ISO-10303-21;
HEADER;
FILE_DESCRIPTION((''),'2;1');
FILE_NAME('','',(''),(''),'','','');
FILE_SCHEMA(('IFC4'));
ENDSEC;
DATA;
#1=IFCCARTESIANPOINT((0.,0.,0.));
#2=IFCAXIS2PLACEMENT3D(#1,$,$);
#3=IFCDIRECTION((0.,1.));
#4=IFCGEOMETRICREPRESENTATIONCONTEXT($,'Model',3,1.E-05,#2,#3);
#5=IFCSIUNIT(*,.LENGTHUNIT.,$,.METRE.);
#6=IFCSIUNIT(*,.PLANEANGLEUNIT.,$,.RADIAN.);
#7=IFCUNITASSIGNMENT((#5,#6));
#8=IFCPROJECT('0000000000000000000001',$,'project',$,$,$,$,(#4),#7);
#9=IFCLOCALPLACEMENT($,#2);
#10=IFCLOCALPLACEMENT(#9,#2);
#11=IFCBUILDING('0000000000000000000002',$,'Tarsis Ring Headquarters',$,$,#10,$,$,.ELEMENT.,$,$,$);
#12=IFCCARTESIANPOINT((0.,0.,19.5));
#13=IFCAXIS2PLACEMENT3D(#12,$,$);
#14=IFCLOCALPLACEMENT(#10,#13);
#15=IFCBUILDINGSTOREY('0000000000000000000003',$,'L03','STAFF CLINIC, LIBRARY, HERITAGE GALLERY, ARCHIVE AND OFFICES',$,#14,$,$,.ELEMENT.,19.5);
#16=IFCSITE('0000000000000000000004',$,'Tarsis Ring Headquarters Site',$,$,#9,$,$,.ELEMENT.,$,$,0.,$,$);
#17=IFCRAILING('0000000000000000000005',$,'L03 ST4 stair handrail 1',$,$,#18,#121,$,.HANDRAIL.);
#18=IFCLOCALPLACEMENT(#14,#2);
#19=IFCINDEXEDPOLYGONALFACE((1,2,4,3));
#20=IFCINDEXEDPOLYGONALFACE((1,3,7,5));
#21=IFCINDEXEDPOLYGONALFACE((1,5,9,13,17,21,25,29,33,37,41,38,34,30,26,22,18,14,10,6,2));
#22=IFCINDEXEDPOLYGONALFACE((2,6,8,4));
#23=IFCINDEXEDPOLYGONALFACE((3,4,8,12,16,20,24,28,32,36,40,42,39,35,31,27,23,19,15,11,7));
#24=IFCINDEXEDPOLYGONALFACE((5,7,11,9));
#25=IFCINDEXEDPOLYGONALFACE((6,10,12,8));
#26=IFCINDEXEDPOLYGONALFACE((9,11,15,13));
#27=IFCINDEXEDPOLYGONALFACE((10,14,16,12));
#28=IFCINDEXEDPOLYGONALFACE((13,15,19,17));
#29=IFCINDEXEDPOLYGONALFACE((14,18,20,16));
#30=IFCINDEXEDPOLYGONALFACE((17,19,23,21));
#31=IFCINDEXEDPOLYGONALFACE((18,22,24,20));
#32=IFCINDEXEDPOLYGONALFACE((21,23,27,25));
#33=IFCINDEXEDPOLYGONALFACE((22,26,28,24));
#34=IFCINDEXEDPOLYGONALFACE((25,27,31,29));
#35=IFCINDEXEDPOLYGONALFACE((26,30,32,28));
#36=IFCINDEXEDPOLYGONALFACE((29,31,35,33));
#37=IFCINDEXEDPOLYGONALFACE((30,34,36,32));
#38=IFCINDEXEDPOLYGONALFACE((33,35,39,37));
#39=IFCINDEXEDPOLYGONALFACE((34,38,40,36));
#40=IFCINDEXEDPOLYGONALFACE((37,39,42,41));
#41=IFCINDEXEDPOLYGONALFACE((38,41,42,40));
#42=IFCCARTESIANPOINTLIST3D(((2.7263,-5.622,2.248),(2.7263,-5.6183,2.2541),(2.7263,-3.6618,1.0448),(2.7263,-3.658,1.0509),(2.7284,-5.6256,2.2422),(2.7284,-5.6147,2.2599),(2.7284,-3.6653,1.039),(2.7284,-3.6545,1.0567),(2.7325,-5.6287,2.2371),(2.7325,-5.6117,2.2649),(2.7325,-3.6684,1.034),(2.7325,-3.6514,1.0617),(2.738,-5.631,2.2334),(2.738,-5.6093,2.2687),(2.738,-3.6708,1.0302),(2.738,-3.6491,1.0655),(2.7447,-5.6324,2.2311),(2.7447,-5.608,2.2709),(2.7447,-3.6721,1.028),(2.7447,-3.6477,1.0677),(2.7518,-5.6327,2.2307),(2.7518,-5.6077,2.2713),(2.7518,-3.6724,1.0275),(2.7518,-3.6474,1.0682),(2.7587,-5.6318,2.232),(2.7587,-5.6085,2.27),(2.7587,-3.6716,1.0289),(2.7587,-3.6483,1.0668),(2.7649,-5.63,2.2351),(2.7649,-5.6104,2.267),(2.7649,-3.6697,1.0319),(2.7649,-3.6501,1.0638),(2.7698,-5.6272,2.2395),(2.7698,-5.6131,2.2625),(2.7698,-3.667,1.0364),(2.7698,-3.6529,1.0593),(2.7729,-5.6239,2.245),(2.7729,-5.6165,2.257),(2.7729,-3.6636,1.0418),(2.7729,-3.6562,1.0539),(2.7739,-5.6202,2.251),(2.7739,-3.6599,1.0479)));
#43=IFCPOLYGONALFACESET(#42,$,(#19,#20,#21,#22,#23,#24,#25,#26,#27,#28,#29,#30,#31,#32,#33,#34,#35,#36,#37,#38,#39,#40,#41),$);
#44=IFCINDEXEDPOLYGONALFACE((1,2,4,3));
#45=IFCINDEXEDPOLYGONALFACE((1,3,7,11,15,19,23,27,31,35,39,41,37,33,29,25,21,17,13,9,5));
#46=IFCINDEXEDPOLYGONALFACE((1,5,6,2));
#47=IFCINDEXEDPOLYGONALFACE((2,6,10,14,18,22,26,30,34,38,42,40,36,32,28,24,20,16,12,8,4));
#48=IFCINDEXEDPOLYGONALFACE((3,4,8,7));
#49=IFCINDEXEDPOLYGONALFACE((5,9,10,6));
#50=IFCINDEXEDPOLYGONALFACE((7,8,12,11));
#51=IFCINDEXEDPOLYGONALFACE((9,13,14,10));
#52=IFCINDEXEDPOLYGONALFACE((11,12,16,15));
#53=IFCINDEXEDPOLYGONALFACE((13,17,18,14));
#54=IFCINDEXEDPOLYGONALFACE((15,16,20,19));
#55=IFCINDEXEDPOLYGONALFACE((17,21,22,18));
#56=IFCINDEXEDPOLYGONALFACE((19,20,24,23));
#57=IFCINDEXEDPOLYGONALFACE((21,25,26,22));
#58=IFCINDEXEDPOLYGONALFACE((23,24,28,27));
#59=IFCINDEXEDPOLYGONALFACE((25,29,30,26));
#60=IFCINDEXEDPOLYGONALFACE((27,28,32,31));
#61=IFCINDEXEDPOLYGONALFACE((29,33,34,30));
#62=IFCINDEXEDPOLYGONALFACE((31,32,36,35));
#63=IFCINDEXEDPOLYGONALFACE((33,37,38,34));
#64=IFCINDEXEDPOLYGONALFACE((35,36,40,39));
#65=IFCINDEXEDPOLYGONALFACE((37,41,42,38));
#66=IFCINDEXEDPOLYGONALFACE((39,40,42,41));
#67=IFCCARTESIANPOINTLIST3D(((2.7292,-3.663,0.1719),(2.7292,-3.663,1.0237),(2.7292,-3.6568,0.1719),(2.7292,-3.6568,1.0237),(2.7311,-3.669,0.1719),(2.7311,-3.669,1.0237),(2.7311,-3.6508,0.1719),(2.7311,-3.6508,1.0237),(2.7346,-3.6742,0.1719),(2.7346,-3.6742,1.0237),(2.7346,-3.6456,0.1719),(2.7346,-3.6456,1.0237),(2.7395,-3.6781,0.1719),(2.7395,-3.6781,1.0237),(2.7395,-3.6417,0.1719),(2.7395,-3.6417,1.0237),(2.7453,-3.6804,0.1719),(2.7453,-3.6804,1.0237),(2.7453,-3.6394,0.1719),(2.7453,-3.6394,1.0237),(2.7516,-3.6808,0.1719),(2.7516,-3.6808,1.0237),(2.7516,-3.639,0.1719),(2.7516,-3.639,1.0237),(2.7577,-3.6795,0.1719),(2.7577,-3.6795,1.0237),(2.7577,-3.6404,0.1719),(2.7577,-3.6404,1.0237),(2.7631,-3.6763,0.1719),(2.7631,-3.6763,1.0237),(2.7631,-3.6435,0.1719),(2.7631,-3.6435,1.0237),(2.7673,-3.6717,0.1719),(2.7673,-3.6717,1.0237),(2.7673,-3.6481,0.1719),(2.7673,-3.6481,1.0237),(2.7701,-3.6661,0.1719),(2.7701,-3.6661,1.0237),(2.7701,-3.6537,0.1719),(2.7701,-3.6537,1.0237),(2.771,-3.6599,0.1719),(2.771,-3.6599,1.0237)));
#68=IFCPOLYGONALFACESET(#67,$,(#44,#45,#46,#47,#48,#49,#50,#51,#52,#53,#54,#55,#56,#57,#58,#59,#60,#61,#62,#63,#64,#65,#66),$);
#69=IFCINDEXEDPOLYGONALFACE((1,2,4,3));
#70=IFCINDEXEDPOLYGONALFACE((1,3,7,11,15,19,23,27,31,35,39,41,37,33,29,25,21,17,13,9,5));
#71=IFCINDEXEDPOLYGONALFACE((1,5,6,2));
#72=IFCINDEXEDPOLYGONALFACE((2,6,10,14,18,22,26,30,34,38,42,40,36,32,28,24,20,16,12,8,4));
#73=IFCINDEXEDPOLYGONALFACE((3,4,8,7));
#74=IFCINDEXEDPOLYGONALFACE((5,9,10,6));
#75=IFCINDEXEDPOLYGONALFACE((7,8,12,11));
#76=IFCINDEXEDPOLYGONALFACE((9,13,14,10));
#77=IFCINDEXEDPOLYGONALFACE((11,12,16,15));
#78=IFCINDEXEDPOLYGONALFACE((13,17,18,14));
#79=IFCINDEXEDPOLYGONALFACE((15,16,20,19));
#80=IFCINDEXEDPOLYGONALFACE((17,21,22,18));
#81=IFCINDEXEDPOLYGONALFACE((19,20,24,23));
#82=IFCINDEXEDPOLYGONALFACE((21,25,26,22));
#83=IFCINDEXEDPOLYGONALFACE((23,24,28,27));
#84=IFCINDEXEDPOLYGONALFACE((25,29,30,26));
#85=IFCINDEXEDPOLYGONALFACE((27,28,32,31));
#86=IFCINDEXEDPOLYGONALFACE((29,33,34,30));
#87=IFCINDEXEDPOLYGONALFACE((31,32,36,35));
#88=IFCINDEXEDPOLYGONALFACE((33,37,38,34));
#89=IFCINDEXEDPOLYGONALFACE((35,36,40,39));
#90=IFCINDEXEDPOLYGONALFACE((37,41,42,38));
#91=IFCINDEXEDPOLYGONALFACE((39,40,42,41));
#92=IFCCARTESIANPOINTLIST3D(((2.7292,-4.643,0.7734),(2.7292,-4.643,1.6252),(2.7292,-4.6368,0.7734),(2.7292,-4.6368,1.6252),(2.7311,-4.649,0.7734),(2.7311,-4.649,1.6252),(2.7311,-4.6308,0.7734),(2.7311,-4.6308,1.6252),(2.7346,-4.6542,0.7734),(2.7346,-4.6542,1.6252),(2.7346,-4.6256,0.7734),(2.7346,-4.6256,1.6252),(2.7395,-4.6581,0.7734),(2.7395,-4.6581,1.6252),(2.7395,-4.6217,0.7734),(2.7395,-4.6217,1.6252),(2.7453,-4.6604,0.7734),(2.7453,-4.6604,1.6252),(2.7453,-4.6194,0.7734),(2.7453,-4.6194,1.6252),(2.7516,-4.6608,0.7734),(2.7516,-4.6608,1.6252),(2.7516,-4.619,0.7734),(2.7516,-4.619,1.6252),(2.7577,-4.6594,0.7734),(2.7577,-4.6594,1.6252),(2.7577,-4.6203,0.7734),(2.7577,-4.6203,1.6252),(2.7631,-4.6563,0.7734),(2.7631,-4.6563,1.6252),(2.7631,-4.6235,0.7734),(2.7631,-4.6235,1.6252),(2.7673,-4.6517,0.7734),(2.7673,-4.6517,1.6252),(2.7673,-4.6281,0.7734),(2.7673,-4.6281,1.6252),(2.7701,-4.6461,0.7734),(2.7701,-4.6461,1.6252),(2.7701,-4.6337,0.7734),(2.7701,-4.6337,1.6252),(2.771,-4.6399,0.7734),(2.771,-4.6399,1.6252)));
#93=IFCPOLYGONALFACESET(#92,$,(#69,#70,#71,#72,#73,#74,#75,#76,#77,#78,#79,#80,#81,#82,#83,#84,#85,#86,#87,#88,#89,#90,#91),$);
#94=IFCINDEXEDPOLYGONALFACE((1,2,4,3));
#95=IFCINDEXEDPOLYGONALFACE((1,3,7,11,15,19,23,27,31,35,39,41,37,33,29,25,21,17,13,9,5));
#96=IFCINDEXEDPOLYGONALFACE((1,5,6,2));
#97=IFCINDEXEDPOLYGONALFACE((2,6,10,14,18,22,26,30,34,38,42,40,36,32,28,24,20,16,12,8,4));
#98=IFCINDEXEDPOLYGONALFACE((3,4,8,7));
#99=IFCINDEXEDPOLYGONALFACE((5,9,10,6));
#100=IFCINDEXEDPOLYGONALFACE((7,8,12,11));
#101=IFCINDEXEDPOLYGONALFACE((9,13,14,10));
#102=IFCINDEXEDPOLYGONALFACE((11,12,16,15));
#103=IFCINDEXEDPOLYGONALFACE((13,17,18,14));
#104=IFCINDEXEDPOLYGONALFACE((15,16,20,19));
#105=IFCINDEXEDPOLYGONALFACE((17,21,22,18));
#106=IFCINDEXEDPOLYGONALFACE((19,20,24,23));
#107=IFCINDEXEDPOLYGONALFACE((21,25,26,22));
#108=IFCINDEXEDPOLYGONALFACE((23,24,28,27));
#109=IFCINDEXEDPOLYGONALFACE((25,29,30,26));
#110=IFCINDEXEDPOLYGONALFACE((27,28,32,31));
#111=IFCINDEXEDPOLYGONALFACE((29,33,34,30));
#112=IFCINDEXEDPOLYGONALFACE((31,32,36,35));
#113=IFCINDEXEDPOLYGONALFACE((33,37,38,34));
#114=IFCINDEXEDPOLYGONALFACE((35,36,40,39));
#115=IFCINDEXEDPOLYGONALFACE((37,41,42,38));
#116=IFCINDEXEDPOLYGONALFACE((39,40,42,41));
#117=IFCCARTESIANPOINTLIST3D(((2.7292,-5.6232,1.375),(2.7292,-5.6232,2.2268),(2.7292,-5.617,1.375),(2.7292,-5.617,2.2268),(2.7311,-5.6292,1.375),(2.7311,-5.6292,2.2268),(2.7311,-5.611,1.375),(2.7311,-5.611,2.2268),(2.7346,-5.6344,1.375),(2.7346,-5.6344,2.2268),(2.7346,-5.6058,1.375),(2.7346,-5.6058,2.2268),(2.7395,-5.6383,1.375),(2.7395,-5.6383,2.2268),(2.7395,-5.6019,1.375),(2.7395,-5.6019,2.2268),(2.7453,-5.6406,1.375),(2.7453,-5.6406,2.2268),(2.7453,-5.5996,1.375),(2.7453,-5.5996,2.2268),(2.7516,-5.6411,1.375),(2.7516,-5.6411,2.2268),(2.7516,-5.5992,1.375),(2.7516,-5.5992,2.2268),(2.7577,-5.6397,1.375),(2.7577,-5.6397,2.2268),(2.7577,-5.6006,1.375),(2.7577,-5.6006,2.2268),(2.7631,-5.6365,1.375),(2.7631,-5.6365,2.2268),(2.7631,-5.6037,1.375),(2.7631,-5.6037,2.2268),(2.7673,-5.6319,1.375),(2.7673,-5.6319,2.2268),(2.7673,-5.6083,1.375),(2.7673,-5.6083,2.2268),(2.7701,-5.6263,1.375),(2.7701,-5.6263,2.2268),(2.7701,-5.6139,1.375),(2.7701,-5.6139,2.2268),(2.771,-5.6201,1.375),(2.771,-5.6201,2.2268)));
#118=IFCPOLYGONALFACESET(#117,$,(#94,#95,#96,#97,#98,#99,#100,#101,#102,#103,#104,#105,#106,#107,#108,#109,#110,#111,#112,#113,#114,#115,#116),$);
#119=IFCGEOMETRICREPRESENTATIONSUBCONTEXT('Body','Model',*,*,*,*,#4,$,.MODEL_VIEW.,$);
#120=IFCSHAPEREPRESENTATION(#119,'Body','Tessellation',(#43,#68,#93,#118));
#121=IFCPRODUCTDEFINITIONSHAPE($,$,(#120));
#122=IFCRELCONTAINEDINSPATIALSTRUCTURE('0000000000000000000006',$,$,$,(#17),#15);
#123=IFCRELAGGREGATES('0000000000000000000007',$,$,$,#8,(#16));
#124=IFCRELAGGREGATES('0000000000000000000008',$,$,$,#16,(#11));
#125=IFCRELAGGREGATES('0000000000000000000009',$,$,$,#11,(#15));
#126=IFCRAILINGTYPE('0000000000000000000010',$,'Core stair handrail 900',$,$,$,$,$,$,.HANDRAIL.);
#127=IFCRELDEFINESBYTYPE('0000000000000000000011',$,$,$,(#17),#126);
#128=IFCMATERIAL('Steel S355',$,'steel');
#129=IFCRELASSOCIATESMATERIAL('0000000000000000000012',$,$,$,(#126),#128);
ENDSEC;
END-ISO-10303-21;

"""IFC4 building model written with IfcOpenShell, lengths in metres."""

from ifc_helpers import new_model, si_unit, direction, frame, origin, origin_2d, place, context, subcontext, project, spatial, circle, extrude, material, type_object, element, save


model = new_model("IFC4")

# Units and contexts
model_context = context("Model", 3, precision=1e-05, world=origin(), true_north=direction((0.0, 1.0)))
body_context = subcontext(model_context, "Body", "Model", "MODEL_VIEW")
ifc_project = project(units=[si_unit("LENGTHUNIT", "METRE"), si_unit("PLANEANGLEUNIT", "RADIAN")], contexts=[model_context])

# Site, building, storey
site_placement = place(None, origin())
site = spatial("IfcSite", under=ifc_project, at=site_placement, Name="Tarsis Ring Headquarters Site", CompositionType="ELEMENT", RefElevation=0.0)
building_placement = place(site_placement, origin())
building = spatial("IfcBuilding", under=site, at=building_placement, Name="Tarsis Ring Headquarters", CompositionType="ELEMENT")
storey_placement = place(building_placement, frame((0.0, 0.0, 19.5)))
storey = spatial("IfcBuildingStorey", under=building, at=storey_placement, Name="L03", Description="STAFF CLINIC, LIBRARY, HERITAGE GALLERY, ARCHIVE AND OFFICES", CompositionType="ELEMENT", Elevation=19.5)

# Railing
ifc_material_1 = material(Name="Steel S355", Category="steel")
railing_type_1 = type_object("IfcRailingType", Name="Core stair handrail 900", PredefinedType="HANDRAIL", material=ifc_material_1)
railing_1_placement = place(storey_placement, frame((2.75, -3.6599, 0.1719)))
element("IfcRailing", 1, at=railing_1_placement, inside=storey, type_object=railing_type_1, Name="L03 ST4 stair handrail 1", PredefinedType="HANDRAIL", context=body_context, shape_type="SweptSolid", body=[
    extrude(circle(Radius=0.0239, at=origin_2d()), frame((0.0, 0.0, 0.876), z_axis=(0.0, -0.85227, 0.523102), x_axis=(1.0, 0.0, 0.0)), (0.0, 0.0, 1.0), 2.3),
    extrude(circle(Radius=0.021, at=origin_2d()), origin(), (0.0, 0.0, 1.0), 0.8518),
    extrude(circle(Radius=0.021, at=origin_2d()), frame((0.0, -0.98, 0.6016)), (0.0, 0.0, 1.0), 0.8518),
    extrude(circle(Radius=0.021, at=origin_2d()), frame((0.0, -1.9602, 1.2031)), (0.0, 0.0, 1.0), 0.8518),
])

save(model, "model.ifc")
